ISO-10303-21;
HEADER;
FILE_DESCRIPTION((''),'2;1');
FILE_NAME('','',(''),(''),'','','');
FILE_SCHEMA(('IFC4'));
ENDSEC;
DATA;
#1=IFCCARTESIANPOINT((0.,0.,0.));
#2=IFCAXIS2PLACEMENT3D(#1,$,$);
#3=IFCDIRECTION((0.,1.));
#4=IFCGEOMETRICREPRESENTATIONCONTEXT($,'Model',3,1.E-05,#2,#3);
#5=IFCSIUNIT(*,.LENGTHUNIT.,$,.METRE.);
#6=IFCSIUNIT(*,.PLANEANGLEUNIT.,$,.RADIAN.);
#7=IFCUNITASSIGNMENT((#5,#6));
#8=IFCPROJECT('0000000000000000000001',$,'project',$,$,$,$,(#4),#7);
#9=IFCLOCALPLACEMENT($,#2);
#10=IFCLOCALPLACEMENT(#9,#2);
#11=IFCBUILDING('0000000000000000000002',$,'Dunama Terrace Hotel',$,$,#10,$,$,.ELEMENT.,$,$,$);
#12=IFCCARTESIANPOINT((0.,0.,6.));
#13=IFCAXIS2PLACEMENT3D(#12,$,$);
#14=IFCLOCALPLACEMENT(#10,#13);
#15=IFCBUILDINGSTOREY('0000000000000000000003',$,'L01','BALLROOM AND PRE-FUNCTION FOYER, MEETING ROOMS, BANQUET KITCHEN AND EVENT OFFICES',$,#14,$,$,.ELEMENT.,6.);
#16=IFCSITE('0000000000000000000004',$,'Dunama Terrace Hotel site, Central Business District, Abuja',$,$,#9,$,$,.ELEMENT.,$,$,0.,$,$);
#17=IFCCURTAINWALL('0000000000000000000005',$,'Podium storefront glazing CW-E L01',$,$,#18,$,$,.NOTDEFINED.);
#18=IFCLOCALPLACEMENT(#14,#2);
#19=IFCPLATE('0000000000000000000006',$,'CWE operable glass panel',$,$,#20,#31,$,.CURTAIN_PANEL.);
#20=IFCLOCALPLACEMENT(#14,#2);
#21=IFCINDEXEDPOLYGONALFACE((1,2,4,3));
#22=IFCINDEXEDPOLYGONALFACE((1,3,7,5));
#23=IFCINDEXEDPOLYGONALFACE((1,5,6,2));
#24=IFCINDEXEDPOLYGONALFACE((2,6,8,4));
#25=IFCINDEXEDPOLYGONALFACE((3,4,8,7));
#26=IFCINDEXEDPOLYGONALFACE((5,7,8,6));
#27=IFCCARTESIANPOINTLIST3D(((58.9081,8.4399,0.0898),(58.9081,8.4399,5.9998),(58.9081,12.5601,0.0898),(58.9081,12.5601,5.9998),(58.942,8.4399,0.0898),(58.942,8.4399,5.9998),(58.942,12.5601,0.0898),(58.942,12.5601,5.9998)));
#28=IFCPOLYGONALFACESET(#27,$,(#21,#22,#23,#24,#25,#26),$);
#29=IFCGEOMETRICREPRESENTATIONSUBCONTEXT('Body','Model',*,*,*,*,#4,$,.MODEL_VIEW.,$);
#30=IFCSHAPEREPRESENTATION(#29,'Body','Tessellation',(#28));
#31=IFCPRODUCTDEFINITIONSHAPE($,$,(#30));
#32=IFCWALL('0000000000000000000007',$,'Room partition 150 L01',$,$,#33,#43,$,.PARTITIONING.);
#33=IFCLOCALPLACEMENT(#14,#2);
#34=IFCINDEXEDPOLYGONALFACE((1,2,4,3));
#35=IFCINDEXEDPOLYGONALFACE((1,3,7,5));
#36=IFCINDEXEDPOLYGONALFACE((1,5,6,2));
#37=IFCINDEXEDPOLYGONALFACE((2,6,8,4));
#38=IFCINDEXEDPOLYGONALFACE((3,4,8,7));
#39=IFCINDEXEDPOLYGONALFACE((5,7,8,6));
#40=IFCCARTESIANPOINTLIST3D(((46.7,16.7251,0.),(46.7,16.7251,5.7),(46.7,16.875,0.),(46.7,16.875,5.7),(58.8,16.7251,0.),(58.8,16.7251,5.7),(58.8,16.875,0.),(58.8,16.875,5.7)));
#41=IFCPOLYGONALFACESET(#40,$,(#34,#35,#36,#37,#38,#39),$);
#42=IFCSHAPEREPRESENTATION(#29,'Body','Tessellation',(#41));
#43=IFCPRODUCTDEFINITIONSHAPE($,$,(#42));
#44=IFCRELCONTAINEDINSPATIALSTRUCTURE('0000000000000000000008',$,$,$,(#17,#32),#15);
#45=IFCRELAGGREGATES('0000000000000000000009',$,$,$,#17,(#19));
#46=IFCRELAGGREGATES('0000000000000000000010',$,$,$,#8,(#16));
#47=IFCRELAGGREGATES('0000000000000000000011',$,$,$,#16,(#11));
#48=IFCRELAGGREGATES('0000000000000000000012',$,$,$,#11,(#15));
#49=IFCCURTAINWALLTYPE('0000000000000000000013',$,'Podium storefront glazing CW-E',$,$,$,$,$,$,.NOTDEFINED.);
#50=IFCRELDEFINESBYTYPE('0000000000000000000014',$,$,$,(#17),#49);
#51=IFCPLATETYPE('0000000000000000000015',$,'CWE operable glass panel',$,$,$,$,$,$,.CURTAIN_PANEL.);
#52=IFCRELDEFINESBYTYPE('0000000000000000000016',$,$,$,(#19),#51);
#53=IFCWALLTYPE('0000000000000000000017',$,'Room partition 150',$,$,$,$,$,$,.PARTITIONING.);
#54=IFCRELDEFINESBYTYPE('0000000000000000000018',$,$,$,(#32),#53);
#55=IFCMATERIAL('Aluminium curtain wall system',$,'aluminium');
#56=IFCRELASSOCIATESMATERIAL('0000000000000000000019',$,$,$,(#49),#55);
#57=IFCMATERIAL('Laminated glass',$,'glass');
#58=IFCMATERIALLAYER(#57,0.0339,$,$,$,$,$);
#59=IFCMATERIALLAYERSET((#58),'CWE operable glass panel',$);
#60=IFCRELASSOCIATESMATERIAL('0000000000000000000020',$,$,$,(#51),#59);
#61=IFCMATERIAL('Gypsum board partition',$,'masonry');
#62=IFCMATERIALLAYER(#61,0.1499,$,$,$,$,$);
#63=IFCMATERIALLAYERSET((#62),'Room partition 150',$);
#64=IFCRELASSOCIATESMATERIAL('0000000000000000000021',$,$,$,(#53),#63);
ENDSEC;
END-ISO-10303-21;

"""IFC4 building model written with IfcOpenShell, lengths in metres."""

from ifc_helpers import new_model, si_unit, direction, frame, frame_2d, origin, origin_2d, place, context, subcontext, project, spatial, rectangle, extrude, material, layer, layer_set, type_object, element, aggregate, save


model = new_model("IFC4")

# Units and contexts
model_context = context("Model", 3, precision=1e-05, world=origin(), true_north=direction((0.0, 1.0)))
body_context = subcontext(model_context, "Body", "Model", "MODEL_VIEW")
ifc_project = project(units=[si_unit("LENGTHUNIT", "METRE"), si_unit("PLANEANGLEUNIT", "RADIAN")], contexts=[model_context])

# Site, building, storey
site_placement = place(None, origin())
site = spatial("IfcSite", under=ifc_project, at=site_placement, Name="Dunama Terrace Hotel site, Central Business District, Abuja", CompositionType="ELEMENT", RefElevation=0.0)
building_placement = place(site_placement, origin())
building = spatial("IfcBuilding", under=site, at=building_placement, Name="Dunama Terrace Hotel", CompositionType="ELEMENT")
storey_placement = place(building_placement, frame((0.0, 0.0, 6.0)))
storey = spatial("IfcBuildingStorey", under=building, at=storey_placement, Name="L01", Description="BALLROOM AND PRE-FUNCTION FOYER, MEETING ROOMS, BANQUET KITCHEN AND EVENT OFFICES", CompositionType="ELEMENT", Elevation=6.0)

# Curtain wall, plate
ifc_material_1 = material(Name="Aluminium curtain wall system", Category="aluminium")
curtain_wall_type = type_object("IfcCurtainWallType", Name="Podium storefront glazing CW-E", PredefinedType="NOTDEFINED", material=ifc_material_1)
curtain_wall_placement = place(storey_placement, origin())
curtain_wall = element("IfcCurtainWall", 1, at=curtain_wall_placement, inside=storey, type_object=curtain_wall_type, Name="Podium storefront glazing CW-E L01", PredefinedType="NOTDEFINED")
ifc_material_2 = material(Name="Laminated glass", Category="glass")
ifc_layer_1 = layer(ifc_material_2, 0.0339)
ifc_layer_set_1 = layer_set([ifc_layer_1], Name="CWE operable glass panel")
plate_type_1 = type_object("IfcPlateType", Name="CWE operable glass panel", PredefinedType="CURTAIN_PANEL", material=ifc_layer_set_1)
plate_1_placement = place(storey_placement, frame((58.925, 10.5, 0.0898), z_axis=(0.0, 0.0, 1.0), x_axis=(0.0, 1.0, 0.0)))
plate_1 = element("IfcPlate", 2, at=plate_1_placement, type_object=plate_type_1, Name="CWE operable glass panel", PredefinedType="CURTAIN_PANEL", context=body_context, shape_type="SweptSolid", body=[
    extrude(rectangle(XDim=4.1201, YDim=0.0339, at=origin_2d()), origin(), (0.0, 0.0, 1.0), 5.9099),
])
aggregate(curtain_wall, [plate_1])

# Wall
ifc_material_3 = material(Name="Gypsum board partition", Category="masonry")
ifc_layer_2 = layer(ifc_material_3, 0.1499)
ifc_layer_set_2 = layer_set([ifc_layer_2], Name="Room partition 150")
wall_type = type_object("IfcWallType", Name="Room partition 150", PredefinedType="PARTITIONING", material=ifc_layer_set_2)
wall_placement = place(storey_placement, frame((46.7, 16.8, 0.0), z_axis=(0.0, 0.0, 1.0), x_axis=(1.0, 0.0, 0.0)))
element("IfcWall", 3, at=wall_placement, inside=storey, type_object=wall_type, Name="Room partition 150 L01", PredefinedType="PARTITIONING", context=body_context, shape_type="SweptSolid", body=[
    extrude(rectangle(XDim=12.1001, YDim=0.1499, at=frame_2d((6.05, 0.0))), origin(), (0.0, 0.0, 1.0), 5.7),
])

save(model, "model.ifc")
